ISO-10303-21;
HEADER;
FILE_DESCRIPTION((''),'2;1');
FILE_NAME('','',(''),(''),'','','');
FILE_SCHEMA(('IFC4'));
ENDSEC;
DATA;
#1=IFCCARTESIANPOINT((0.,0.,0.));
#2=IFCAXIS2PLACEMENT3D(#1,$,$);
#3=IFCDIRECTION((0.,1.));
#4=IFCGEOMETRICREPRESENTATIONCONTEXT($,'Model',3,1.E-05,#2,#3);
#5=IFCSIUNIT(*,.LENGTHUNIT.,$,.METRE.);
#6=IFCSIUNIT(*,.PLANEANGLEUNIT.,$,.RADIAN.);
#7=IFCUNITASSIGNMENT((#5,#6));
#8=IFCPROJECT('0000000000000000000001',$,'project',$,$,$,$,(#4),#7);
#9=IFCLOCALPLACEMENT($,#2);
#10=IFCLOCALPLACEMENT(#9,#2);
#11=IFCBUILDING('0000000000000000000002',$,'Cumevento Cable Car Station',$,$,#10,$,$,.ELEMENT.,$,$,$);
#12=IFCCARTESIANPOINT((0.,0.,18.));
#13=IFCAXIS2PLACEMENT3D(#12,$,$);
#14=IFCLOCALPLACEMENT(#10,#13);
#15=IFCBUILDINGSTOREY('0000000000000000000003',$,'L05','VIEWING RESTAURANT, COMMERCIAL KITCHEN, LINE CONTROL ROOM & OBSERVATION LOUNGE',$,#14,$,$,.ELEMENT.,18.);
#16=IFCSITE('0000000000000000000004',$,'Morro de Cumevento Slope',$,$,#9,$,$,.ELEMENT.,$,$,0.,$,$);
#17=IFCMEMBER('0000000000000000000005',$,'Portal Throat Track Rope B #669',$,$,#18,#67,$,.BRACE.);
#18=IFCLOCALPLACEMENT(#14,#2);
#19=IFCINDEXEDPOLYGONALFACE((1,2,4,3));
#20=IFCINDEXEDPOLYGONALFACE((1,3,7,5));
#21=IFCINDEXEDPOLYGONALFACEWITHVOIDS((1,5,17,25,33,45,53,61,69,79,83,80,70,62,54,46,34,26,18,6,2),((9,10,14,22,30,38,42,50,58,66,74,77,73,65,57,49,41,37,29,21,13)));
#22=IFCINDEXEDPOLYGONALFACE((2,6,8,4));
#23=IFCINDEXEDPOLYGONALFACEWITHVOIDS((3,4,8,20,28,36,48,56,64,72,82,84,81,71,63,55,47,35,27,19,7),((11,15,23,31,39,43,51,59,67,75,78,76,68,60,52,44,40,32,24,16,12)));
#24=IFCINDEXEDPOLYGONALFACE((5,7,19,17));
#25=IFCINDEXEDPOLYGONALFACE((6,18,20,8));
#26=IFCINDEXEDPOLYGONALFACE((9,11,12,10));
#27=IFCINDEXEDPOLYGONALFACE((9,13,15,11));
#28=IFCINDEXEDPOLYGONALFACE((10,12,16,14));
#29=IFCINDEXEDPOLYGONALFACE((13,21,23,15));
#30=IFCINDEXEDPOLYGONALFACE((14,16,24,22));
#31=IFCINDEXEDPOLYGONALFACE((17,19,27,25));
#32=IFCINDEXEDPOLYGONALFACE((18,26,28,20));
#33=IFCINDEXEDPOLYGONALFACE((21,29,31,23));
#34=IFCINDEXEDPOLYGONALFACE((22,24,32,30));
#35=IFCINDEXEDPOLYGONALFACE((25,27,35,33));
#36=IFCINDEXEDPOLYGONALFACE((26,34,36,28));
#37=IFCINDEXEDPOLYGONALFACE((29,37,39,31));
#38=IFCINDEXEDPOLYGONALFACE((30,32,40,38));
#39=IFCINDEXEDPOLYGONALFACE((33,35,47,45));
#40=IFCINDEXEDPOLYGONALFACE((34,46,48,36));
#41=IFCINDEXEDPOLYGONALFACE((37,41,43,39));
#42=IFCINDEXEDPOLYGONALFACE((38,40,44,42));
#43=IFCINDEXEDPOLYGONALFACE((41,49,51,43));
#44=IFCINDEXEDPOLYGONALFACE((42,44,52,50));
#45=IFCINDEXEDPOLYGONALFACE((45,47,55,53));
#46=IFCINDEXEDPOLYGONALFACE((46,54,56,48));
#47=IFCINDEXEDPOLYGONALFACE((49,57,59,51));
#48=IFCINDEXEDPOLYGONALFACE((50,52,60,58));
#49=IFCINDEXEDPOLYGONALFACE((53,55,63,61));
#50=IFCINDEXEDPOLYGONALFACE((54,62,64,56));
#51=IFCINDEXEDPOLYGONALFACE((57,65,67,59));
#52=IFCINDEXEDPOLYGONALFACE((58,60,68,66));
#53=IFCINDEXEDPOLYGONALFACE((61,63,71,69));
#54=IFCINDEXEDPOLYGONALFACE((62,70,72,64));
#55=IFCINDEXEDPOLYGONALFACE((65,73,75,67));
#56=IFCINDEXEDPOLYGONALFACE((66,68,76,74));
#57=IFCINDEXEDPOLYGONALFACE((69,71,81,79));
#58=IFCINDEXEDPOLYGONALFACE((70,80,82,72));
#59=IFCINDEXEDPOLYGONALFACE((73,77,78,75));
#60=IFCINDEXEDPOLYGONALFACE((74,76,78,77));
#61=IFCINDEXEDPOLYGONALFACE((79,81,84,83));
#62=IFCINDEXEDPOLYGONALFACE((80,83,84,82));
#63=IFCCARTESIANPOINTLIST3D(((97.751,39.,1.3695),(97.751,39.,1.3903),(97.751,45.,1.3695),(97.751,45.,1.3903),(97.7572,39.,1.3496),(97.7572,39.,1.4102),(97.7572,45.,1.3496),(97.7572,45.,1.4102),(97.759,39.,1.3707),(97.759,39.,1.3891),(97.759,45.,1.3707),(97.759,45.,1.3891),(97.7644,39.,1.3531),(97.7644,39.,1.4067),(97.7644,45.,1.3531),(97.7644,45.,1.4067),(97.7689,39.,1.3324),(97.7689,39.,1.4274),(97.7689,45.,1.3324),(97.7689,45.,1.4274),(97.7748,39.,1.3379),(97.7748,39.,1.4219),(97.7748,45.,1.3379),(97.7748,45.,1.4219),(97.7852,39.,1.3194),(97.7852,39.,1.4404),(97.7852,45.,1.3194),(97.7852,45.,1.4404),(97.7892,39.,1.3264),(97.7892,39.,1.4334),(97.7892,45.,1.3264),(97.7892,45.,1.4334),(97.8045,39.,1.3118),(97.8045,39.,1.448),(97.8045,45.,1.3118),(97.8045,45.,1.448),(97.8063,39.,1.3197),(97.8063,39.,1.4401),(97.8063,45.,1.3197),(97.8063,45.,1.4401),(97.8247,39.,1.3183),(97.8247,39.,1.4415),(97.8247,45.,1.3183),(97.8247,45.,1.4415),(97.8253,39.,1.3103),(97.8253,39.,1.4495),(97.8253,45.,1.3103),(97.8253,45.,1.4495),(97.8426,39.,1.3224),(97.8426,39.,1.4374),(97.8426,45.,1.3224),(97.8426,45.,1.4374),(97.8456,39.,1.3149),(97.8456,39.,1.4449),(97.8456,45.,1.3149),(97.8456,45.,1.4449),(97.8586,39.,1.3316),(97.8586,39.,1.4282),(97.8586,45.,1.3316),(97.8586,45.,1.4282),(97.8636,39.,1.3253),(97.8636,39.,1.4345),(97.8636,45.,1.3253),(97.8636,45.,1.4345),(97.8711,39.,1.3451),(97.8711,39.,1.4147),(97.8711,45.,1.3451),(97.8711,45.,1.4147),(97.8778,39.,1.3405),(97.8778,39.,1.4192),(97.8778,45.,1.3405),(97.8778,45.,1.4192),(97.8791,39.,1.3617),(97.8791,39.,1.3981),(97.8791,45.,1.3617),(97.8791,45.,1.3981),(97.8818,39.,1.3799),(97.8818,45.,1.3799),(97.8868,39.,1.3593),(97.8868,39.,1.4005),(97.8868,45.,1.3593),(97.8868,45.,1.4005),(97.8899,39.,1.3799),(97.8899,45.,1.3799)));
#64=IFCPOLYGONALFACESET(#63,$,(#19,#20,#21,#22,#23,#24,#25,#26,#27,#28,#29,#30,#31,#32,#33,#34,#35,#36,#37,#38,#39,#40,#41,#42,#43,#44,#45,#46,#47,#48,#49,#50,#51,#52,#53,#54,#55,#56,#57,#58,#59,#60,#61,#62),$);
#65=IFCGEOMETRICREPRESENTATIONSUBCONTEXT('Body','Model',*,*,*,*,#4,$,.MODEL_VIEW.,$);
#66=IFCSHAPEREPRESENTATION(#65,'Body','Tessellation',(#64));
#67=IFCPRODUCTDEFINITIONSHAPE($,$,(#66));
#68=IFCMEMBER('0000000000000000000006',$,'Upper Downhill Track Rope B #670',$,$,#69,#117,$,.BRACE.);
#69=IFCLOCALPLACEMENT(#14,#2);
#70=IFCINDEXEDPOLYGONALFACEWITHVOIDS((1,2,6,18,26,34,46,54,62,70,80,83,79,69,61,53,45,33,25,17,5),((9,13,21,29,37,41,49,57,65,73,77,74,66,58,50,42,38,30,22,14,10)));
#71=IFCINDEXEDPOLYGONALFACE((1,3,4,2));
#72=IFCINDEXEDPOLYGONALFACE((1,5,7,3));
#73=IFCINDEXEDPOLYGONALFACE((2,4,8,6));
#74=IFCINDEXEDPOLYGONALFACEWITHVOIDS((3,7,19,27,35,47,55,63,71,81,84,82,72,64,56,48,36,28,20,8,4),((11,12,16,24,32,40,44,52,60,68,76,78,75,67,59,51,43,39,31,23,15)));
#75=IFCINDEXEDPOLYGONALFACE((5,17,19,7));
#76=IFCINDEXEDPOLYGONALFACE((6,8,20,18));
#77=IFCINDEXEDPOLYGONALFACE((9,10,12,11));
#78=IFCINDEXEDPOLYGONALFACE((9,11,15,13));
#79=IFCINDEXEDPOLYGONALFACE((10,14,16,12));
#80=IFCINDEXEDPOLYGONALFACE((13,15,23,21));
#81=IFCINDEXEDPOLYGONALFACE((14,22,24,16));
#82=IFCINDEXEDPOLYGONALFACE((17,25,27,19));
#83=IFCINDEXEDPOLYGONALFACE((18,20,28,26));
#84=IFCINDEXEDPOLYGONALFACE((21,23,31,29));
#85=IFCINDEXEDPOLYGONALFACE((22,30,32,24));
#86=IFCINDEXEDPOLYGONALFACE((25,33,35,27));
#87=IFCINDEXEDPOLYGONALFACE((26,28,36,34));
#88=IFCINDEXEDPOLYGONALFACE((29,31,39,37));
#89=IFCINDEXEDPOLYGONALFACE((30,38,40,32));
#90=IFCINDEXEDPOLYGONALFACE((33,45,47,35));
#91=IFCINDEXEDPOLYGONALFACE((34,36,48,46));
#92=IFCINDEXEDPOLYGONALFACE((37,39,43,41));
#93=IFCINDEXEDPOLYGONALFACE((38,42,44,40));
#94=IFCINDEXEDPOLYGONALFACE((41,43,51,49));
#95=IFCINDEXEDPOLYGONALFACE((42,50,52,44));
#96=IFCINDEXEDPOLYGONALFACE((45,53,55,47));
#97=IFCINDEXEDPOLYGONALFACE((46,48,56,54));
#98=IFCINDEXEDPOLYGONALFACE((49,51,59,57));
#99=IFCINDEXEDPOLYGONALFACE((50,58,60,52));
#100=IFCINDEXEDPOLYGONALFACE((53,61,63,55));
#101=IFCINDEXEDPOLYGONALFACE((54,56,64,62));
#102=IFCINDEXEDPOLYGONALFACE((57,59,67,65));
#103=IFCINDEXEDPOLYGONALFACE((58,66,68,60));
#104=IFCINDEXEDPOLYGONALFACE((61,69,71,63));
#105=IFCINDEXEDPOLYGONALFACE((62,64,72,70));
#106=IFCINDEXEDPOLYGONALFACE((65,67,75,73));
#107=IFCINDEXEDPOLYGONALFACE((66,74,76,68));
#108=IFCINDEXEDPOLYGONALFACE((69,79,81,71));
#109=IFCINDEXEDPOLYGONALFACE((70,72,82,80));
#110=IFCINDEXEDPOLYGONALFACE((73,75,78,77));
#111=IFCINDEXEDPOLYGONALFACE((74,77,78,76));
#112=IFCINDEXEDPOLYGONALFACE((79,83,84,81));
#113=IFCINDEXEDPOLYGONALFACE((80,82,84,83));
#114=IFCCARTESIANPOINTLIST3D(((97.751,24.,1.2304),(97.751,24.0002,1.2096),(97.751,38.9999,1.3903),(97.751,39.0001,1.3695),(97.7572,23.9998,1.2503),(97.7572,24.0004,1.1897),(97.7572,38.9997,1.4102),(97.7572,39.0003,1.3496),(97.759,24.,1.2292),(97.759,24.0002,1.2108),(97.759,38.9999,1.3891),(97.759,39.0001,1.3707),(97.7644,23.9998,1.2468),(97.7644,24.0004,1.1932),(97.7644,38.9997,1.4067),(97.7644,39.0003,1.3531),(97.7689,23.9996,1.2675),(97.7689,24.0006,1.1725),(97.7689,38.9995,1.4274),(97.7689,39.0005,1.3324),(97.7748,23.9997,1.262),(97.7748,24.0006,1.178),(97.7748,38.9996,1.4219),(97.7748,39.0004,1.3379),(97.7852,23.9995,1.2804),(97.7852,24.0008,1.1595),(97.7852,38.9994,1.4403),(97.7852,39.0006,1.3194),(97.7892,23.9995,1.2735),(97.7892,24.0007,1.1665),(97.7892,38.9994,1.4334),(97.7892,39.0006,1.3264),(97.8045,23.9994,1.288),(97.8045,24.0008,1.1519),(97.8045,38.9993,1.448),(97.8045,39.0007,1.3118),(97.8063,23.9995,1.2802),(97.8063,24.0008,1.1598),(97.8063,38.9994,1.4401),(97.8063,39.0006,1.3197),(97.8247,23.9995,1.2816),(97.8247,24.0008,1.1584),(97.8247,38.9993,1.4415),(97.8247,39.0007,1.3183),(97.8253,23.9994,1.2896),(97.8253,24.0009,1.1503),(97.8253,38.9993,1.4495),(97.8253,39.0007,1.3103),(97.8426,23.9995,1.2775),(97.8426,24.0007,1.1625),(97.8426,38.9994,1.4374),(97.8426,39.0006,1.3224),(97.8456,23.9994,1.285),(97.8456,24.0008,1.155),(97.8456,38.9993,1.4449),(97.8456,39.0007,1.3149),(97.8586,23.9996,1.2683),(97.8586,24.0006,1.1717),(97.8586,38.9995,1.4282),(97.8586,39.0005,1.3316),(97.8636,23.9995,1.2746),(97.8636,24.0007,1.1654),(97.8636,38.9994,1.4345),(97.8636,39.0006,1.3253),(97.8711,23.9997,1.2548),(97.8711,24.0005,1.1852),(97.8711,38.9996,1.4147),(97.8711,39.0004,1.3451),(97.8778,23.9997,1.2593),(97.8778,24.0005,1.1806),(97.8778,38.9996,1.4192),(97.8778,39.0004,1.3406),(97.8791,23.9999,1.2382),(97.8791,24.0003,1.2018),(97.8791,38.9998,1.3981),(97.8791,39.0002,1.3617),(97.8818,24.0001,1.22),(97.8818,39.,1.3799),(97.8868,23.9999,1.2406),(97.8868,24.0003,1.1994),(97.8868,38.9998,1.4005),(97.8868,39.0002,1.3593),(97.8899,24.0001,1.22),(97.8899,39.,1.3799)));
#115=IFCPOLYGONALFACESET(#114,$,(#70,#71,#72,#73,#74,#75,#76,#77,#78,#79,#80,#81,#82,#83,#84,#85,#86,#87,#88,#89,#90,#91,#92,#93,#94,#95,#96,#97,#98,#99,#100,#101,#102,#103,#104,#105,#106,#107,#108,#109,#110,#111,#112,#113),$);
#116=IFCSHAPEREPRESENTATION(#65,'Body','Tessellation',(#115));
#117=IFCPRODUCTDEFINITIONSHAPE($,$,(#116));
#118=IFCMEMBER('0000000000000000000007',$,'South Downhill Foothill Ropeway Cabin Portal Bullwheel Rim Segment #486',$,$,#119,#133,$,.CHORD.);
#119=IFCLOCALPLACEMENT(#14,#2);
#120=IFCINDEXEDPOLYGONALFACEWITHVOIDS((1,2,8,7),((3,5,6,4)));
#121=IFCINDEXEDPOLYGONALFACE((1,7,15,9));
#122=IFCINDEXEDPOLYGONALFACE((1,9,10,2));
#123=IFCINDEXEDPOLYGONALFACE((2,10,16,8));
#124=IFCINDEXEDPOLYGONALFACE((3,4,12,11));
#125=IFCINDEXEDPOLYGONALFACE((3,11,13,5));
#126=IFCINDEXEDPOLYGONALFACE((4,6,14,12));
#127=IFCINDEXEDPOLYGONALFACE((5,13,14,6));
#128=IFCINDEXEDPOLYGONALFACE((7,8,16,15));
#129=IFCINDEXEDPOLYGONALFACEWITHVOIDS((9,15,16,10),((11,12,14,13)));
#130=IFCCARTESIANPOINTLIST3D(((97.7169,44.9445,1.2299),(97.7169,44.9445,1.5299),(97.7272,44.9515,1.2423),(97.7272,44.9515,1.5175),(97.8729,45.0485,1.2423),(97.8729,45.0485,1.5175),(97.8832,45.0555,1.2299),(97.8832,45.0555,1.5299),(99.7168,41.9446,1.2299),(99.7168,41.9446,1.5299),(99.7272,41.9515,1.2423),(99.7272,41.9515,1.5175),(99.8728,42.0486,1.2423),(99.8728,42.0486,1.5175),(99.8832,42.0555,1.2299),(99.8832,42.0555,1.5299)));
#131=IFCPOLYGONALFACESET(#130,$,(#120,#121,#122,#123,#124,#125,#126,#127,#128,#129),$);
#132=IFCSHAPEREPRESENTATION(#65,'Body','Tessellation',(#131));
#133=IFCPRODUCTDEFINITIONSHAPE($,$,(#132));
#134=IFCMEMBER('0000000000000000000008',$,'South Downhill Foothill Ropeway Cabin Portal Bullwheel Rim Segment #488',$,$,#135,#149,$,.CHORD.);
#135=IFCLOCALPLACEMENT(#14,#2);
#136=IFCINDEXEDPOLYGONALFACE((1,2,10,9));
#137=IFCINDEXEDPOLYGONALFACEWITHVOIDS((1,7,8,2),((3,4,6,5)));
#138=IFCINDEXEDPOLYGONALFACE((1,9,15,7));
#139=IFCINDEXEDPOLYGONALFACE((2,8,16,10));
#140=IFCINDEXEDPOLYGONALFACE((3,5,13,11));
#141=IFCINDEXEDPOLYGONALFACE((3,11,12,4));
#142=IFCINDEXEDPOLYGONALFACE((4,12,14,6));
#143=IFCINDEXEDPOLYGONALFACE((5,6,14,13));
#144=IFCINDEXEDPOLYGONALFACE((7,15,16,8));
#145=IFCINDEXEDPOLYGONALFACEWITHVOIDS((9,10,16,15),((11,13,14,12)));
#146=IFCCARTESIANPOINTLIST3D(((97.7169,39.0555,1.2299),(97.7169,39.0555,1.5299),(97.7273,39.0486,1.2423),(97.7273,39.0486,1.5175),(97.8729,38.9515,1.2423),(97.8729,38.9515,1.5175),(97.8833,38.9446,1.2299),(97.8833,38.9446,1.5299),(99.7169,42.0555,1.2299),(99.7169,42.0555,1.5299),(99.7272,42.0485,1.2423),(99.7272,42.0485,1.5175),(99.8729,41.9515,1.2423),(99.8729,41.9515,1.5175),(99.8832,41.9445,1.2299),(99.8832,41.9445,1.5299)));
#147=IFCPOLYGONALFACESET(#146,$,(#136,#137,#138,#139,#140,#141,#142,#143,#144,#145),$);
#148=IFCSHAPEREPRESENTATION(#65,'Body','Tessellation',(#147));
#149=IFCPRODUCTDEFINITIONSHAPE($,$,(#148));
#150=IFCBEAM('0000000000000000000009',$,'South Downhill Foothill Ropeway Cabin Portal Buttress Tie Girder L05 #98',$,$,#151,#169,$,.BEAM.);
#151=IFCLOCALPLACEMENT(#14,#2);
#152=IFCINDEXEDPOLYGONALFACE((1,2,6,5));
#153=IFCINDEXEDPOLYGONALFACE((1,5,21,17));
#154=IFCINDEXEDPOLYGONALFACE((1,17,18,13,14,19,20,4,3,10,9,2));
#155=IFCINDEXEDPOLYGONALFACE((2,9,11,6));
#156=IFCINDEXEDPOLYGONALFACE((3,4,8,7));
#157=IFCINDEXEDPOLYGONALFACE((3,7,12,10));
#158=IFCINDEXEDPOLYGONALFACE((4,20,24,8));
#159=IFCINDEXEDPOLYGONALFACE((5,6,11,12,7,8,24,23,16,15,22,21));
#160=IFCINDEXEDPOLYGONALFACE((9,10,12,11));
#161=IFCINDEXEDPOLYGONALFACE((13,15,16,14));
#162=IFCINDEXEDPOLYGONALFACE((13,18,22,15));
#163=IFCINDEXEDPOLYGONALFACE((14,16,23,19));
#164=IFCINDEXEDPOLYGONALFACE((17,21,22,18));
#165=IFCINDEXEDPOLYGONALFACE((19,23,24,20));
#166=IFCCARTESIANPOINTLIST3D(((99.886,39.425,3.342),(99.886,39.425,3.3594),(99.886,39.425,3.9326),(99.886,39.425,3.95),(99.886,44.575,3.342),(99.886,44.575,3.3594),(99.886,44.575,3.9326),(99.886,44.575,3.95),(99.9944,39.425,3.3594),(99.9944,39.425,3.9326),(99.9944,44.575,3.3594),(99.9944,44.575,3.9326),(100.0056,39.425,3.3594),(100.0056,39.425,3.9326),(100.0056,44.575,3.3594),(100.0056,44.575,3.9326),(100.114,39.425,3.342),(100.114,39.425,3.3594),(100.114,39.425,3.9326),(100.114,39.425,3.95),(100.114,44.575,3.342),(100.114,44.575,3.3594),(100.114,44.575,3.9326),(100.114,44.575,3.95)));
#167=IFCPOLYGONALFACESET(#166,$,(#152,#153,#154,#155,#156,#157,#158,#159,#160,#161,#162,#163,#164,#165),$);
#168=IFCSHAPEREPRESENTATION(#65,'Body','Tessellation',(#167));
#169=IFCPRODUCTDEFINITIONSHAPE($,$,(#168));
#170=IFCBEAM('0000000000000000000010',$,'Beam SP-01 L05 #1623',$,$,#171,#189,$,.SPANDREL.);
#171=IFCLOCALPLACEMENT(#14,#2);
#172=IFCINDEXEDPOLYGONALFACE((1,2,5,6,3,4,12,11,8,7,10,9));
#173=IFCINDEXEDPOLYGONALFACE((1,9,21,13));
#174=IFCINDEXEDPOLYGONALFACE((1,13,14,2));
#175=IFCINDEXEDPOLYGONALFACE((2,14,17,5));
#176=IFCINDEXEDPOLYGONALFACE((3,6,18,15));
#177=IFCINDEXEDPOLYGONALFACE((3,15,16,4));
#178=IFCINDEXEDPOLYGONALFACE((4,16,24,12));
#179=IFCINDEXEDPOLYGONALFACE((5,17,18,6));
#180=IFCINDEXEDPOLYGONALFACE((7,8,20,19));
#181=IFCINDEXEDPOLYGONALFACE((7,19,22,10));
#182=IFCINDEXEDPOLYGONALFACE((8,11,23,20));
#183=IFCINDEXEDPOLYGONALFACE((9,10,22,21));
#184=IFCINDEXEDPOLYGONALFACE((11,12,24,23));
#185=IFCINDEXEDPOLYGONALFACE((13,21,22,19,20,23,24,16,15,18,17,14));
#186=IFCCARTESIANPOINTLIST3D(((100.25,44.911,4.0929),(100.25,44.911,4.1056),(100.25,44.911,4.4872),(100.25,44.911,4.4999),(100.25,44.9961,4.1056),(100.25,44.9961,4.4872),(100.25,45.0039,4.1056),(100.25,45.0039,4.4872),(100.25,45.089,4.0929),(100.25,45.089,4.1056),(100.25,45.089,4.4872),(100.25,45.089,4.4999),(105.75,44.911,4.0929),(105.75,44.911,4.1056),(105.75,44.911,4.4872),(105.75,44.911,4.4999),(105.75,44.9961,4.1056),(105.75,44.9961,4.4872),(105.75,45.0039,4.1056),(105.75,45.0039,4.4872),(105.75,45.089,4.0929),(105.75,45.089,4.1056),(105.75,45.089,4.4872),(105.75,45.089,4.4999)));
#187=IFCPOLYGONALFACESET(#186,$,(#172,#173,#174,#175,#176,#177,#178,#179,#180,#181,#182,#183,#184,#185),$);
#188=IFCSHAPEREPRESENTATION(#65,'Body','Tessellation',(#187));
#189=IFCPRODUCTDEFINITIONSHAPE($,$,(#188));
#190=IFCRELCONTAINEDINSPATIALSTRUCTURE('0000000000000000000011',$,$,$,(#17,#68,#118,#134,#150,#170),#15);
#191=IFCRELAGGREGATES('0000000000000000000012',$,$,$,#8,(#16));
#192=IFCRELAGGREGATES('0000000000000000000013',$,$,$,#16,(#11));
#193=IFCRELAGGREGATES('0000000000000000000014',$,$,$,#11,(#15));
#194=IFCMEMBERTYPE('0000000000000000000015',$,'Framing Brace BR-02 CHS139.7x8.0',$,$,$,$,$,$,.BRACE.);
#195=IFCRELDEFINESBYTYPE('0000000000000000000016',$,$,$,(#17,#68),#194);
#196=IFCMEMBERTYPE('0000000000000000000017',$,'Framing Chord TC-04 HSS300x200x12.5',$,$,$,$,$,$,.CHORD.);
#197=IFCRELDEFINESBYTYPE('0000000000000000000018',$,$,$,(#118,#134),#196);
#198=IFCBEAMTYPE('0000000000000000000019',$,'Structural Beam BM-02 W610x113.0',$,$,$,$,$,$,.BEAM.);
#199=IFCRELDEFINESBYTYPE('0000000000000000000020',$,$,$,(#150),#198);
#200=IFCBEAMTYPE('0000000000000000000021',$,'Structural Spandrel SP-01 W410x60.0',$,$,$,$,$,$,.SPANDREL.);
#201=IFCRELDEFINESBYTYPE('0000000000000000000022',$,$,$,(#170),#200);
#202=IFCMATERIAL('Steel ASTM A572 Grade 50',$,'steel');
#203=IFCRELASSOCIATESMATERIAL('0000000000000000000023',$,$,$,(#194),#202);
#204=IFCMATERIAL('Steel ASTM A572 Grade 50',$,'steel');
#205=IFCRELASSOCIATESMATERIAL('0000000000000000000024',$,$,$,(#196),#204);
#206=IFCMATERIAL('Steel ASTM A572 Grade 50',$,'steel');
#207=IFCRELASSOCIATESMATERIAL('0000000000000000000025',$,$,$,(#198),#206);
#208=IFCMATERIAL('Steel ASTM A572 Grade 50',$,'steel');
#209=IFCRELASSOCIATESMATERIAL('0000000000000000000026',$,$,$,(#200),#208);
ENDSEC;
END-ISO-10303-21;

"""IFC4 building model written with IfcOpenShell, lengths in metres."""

from ifc_helpers import new_model, si_unit, direction, frame, origin, origin_2d, place, context, subcontext, project, spatial, hollow_rectangle, hollow_circle, i_section, extrude, material, material_profile, profile_set, type_object, element, save


model = new_model("IFC4")

# Units and contexts
model_context = context("Model", 3, precision=1e-05, world=origin(), true_north=direction((0.0, 1.0)))
body_context = subcontext(model_context, "Body", "Model", "MODEL_VIEW")
ifc_project = project(units=[si_unit("LENGTHUNIT", "METRE"), si_unit("PLANEANGLEUNIT", "RADIAN")], contexts=[model_context])

# Site, building, storey
site_placement = place(None, origin())
site = spatial("IfcSite", under=ifc_project, at=site_placement, Name="Morro de Cumevento Slope", CompositionType="ELEMENT", RefElevation=0.0)
building_placement = place(site_placement, origin())
building = spatial("IfcBuilding", under=site, at=building_placement, Name="Cumevento Cable Car Station", CompositionType="ELEMENT")
storey_placement = place(building_placement, frame((0.0, 0.0, 18.0)))
storey = spatial("IfcBuildingStorey", under=building, at=storey_placement, Name="L05", Description="VIEWING RESTAURANT, COMMERCIAL KITCHEN, LINE CONTROL ROOM & OBSERVATION LOUNGE", CompositionType="ELEMENT", Elevation=18.0)

# Members
ifc_material_1 = material(Name="Steel ASTM A572 Grade 50", Category="steel")
ifc_material_profile_1 = material_profile(ifc_material_1, hollow_circle(Radius=0.0698, WallThickness=0.0081, at=origin_2d()), Name="CHS139.7x8.0")
ifc_profile_set_1 = profile_set([ifc_material_profile_1], Name="Steel ASTM A572 Grade 50")
member_type_1 = type_object("IfcMemberType", Name="Framing Brace BR-02 CHS139.7x8.0", PredefinedType="BRACE", material=ifc_profile_set_1)
member_1_placement = place(storey_placement, frame((97.8201, 45.0, 1.3799), z_axis=(0.0, -1.0, 0.0), x_axis=(1.0, 0.0, 0.0)))
element("IfcMember", 1, at=member_1_placement, inside=storey, type_object=member_type_1, Name="Portal Throat Track Rope B #669", PredefinedType="BRACE", context=body_context, shape_type="SweptSolid", body=[
    extrude(hollow_circle(Radius=0.0698, WallThickness=0.0081, at=origin_2d()), origin(), (0.0, 0.0, 1.0), 6.0),
])
member_2_placement = place(storey_placement, frame((97.8201, 39.0, 1.3799), z_axis=(0.0, -0.999943, -0.01066), x_axis=(1.0, 0.0, 0.0)))
element("IfcMember", 2, at=member_2_placement, inside=storey, type_object=member_type_1, Name="Upper Downhill Track Rope B #670", PredefinedType="BRACE", context=body_context, shape_type="SweptSolid", body=[
    extrude(hollow_circle(Radius=0.0698, WallThickness=0.0081, at=origin_2d()), origin(), (0.0, 0.0, 1.0), 15.0007),
])
ifc_material_2 = material(Name="Steel ASTM A572 Grade 50", Category="steel")
ifc_material_profile_2 = material_profile(ifc_material_2, hollow_rectangle(XDim=0.2, YDim=0.3, WallThickness=0.0125, at=origin_2d()), Name="HSS300x200x12.5")
ifc_profile_set_2 = profile_set([ifc_material_profile_2], Name="Steel ASTM A572 Grade 50")
member_type_2 = type_object("IfcMemberType", Name="Framing Chord TC-04 HSS300x200x12.5", PredefinedType="CHORD", material=ifc_profile_set_2)
for number, where, z_axis, x_axis, name in (
    (3, (97.8, 45.0, 1.3799), (0.5547, -0.83205, 0.0), (0.83205, 0.5547, 0.0), "South Downhill Foothill Ropeway Cabin Portal Bullwheel Rim Segment #486"),
    (4, (99.8, 42.0, 1.3799), (-0.5547, -0.83205, 0.0), (0.83205, -0.5547, 0.0), "South Downhill Foothill Ropeway Cabin Portal Bullwheel Rim Segment #488"),
):
    element("IfcMember", number, at=place(storey_placement, frame(where, z_axis=z_axis, x_axis=x_axis)), inside=storey, type_object=member_type_2, Name=name, PredefinedType="CHORD", context=body_context, shape_type="SweptSolid", body=[
        extrude(hollow_rectangle(XDim=0.2, YDim=0.3, WallThickness=0.0125, at=origin_2d()), origin(), (0.0, 0.0, 1.0), 3.6055),
    ])

# Beams
ifc_material_3 = material(Name="Steel ASTM A572 Grade 50", Category="steel")
ifc_material_profile_3 = material_profile(ifc_material_3, i_section(OverallWidth=0.228, OverallDepth=0.6079, WebThickness=0.0112, FlangeThickness=0.0173, at=origin_2d()), Name="W610x113.0")
ifc_profile_set_3 = profile_set([ifc_material_profile_3], Name="Steel ASTM A572 Grade 50")
beam_type_1 = type_object("IfcBeamType", Name="Structural Beam BM-02 W610x113.0", PredefinedType="BEAM", material=ifc_profile_set_3)
beam_placement = place(storey_placement, frame((100.0, 39.425, 3.646), z_axis=(0.0, 1.0, 0.0), x_axis=(-1.0, 0.0, 0.0)))
element("IfcBeam", 5, at=beam_placement, inside=storey, type_object=beam_type_1, Name="South Downhill Foothill Ropeway Cabin Portal Buttress Tie Girder L05 #98", PredefinedType="BEAM", context=body_context, shape_type="SweptSolid", body=[
    extrude(i_section(OverallWidth=0.228, OverallDepth=0.6079, WebThickness=0.0112, FlangeThickness=0.0173, at=origin_2d()), origin(), (0.0, 0.0, 1.0), 5.1499),
])
ifc_material_4 = material(Name="Steel ASTM A572 Grade 50", Category="steel")
ifc_material_profile_4 = material_profile(ifc_material_4, i_section(OverallWidth=0.178, OverallDepth=0.407, WebThickness=0.0078, FlangeThickness=0.0127, at=origin_2d()), Name="W410x60.0")
ifc_profile_set_4 = profile_set([ifc_material_profile_4], Name="Steel ASTM A572 Grade 50")
beam_type_2 = type_object("IfcBeamType", Name="Structural Spandrel SP-01 W410x60.0", PredefinedType="SPANDREL", material=ifc_profile_set_4)
for number, where, z_axis, x_axis, name in (
    (6, (100.25, 45.0, 4.2964), (1.0, 0.0, 0.0), (0.0, 1.0, 0.0), "Beam SP-01 L05 #1623"),
):
    element("IfcBeam", number, at=place(storey_placement, frame(where, z_axis=z_axis, x_axis=x_axis)), inside=storey, type_object=beam_type_2, Name=name, PredefinedType="SPANDREL", context=body_context, shape_type="SweptSolid", body=[
        extrude(i_section(OverallWidth=0.178, OverallDepth=0.407, WebThickness=0.0078, FlangeThickness=0.0127, at=origin_2d()), origin(), (0.0, 0.0, 1.0), 5.5),
    ])

save(model, "model.ifc")
